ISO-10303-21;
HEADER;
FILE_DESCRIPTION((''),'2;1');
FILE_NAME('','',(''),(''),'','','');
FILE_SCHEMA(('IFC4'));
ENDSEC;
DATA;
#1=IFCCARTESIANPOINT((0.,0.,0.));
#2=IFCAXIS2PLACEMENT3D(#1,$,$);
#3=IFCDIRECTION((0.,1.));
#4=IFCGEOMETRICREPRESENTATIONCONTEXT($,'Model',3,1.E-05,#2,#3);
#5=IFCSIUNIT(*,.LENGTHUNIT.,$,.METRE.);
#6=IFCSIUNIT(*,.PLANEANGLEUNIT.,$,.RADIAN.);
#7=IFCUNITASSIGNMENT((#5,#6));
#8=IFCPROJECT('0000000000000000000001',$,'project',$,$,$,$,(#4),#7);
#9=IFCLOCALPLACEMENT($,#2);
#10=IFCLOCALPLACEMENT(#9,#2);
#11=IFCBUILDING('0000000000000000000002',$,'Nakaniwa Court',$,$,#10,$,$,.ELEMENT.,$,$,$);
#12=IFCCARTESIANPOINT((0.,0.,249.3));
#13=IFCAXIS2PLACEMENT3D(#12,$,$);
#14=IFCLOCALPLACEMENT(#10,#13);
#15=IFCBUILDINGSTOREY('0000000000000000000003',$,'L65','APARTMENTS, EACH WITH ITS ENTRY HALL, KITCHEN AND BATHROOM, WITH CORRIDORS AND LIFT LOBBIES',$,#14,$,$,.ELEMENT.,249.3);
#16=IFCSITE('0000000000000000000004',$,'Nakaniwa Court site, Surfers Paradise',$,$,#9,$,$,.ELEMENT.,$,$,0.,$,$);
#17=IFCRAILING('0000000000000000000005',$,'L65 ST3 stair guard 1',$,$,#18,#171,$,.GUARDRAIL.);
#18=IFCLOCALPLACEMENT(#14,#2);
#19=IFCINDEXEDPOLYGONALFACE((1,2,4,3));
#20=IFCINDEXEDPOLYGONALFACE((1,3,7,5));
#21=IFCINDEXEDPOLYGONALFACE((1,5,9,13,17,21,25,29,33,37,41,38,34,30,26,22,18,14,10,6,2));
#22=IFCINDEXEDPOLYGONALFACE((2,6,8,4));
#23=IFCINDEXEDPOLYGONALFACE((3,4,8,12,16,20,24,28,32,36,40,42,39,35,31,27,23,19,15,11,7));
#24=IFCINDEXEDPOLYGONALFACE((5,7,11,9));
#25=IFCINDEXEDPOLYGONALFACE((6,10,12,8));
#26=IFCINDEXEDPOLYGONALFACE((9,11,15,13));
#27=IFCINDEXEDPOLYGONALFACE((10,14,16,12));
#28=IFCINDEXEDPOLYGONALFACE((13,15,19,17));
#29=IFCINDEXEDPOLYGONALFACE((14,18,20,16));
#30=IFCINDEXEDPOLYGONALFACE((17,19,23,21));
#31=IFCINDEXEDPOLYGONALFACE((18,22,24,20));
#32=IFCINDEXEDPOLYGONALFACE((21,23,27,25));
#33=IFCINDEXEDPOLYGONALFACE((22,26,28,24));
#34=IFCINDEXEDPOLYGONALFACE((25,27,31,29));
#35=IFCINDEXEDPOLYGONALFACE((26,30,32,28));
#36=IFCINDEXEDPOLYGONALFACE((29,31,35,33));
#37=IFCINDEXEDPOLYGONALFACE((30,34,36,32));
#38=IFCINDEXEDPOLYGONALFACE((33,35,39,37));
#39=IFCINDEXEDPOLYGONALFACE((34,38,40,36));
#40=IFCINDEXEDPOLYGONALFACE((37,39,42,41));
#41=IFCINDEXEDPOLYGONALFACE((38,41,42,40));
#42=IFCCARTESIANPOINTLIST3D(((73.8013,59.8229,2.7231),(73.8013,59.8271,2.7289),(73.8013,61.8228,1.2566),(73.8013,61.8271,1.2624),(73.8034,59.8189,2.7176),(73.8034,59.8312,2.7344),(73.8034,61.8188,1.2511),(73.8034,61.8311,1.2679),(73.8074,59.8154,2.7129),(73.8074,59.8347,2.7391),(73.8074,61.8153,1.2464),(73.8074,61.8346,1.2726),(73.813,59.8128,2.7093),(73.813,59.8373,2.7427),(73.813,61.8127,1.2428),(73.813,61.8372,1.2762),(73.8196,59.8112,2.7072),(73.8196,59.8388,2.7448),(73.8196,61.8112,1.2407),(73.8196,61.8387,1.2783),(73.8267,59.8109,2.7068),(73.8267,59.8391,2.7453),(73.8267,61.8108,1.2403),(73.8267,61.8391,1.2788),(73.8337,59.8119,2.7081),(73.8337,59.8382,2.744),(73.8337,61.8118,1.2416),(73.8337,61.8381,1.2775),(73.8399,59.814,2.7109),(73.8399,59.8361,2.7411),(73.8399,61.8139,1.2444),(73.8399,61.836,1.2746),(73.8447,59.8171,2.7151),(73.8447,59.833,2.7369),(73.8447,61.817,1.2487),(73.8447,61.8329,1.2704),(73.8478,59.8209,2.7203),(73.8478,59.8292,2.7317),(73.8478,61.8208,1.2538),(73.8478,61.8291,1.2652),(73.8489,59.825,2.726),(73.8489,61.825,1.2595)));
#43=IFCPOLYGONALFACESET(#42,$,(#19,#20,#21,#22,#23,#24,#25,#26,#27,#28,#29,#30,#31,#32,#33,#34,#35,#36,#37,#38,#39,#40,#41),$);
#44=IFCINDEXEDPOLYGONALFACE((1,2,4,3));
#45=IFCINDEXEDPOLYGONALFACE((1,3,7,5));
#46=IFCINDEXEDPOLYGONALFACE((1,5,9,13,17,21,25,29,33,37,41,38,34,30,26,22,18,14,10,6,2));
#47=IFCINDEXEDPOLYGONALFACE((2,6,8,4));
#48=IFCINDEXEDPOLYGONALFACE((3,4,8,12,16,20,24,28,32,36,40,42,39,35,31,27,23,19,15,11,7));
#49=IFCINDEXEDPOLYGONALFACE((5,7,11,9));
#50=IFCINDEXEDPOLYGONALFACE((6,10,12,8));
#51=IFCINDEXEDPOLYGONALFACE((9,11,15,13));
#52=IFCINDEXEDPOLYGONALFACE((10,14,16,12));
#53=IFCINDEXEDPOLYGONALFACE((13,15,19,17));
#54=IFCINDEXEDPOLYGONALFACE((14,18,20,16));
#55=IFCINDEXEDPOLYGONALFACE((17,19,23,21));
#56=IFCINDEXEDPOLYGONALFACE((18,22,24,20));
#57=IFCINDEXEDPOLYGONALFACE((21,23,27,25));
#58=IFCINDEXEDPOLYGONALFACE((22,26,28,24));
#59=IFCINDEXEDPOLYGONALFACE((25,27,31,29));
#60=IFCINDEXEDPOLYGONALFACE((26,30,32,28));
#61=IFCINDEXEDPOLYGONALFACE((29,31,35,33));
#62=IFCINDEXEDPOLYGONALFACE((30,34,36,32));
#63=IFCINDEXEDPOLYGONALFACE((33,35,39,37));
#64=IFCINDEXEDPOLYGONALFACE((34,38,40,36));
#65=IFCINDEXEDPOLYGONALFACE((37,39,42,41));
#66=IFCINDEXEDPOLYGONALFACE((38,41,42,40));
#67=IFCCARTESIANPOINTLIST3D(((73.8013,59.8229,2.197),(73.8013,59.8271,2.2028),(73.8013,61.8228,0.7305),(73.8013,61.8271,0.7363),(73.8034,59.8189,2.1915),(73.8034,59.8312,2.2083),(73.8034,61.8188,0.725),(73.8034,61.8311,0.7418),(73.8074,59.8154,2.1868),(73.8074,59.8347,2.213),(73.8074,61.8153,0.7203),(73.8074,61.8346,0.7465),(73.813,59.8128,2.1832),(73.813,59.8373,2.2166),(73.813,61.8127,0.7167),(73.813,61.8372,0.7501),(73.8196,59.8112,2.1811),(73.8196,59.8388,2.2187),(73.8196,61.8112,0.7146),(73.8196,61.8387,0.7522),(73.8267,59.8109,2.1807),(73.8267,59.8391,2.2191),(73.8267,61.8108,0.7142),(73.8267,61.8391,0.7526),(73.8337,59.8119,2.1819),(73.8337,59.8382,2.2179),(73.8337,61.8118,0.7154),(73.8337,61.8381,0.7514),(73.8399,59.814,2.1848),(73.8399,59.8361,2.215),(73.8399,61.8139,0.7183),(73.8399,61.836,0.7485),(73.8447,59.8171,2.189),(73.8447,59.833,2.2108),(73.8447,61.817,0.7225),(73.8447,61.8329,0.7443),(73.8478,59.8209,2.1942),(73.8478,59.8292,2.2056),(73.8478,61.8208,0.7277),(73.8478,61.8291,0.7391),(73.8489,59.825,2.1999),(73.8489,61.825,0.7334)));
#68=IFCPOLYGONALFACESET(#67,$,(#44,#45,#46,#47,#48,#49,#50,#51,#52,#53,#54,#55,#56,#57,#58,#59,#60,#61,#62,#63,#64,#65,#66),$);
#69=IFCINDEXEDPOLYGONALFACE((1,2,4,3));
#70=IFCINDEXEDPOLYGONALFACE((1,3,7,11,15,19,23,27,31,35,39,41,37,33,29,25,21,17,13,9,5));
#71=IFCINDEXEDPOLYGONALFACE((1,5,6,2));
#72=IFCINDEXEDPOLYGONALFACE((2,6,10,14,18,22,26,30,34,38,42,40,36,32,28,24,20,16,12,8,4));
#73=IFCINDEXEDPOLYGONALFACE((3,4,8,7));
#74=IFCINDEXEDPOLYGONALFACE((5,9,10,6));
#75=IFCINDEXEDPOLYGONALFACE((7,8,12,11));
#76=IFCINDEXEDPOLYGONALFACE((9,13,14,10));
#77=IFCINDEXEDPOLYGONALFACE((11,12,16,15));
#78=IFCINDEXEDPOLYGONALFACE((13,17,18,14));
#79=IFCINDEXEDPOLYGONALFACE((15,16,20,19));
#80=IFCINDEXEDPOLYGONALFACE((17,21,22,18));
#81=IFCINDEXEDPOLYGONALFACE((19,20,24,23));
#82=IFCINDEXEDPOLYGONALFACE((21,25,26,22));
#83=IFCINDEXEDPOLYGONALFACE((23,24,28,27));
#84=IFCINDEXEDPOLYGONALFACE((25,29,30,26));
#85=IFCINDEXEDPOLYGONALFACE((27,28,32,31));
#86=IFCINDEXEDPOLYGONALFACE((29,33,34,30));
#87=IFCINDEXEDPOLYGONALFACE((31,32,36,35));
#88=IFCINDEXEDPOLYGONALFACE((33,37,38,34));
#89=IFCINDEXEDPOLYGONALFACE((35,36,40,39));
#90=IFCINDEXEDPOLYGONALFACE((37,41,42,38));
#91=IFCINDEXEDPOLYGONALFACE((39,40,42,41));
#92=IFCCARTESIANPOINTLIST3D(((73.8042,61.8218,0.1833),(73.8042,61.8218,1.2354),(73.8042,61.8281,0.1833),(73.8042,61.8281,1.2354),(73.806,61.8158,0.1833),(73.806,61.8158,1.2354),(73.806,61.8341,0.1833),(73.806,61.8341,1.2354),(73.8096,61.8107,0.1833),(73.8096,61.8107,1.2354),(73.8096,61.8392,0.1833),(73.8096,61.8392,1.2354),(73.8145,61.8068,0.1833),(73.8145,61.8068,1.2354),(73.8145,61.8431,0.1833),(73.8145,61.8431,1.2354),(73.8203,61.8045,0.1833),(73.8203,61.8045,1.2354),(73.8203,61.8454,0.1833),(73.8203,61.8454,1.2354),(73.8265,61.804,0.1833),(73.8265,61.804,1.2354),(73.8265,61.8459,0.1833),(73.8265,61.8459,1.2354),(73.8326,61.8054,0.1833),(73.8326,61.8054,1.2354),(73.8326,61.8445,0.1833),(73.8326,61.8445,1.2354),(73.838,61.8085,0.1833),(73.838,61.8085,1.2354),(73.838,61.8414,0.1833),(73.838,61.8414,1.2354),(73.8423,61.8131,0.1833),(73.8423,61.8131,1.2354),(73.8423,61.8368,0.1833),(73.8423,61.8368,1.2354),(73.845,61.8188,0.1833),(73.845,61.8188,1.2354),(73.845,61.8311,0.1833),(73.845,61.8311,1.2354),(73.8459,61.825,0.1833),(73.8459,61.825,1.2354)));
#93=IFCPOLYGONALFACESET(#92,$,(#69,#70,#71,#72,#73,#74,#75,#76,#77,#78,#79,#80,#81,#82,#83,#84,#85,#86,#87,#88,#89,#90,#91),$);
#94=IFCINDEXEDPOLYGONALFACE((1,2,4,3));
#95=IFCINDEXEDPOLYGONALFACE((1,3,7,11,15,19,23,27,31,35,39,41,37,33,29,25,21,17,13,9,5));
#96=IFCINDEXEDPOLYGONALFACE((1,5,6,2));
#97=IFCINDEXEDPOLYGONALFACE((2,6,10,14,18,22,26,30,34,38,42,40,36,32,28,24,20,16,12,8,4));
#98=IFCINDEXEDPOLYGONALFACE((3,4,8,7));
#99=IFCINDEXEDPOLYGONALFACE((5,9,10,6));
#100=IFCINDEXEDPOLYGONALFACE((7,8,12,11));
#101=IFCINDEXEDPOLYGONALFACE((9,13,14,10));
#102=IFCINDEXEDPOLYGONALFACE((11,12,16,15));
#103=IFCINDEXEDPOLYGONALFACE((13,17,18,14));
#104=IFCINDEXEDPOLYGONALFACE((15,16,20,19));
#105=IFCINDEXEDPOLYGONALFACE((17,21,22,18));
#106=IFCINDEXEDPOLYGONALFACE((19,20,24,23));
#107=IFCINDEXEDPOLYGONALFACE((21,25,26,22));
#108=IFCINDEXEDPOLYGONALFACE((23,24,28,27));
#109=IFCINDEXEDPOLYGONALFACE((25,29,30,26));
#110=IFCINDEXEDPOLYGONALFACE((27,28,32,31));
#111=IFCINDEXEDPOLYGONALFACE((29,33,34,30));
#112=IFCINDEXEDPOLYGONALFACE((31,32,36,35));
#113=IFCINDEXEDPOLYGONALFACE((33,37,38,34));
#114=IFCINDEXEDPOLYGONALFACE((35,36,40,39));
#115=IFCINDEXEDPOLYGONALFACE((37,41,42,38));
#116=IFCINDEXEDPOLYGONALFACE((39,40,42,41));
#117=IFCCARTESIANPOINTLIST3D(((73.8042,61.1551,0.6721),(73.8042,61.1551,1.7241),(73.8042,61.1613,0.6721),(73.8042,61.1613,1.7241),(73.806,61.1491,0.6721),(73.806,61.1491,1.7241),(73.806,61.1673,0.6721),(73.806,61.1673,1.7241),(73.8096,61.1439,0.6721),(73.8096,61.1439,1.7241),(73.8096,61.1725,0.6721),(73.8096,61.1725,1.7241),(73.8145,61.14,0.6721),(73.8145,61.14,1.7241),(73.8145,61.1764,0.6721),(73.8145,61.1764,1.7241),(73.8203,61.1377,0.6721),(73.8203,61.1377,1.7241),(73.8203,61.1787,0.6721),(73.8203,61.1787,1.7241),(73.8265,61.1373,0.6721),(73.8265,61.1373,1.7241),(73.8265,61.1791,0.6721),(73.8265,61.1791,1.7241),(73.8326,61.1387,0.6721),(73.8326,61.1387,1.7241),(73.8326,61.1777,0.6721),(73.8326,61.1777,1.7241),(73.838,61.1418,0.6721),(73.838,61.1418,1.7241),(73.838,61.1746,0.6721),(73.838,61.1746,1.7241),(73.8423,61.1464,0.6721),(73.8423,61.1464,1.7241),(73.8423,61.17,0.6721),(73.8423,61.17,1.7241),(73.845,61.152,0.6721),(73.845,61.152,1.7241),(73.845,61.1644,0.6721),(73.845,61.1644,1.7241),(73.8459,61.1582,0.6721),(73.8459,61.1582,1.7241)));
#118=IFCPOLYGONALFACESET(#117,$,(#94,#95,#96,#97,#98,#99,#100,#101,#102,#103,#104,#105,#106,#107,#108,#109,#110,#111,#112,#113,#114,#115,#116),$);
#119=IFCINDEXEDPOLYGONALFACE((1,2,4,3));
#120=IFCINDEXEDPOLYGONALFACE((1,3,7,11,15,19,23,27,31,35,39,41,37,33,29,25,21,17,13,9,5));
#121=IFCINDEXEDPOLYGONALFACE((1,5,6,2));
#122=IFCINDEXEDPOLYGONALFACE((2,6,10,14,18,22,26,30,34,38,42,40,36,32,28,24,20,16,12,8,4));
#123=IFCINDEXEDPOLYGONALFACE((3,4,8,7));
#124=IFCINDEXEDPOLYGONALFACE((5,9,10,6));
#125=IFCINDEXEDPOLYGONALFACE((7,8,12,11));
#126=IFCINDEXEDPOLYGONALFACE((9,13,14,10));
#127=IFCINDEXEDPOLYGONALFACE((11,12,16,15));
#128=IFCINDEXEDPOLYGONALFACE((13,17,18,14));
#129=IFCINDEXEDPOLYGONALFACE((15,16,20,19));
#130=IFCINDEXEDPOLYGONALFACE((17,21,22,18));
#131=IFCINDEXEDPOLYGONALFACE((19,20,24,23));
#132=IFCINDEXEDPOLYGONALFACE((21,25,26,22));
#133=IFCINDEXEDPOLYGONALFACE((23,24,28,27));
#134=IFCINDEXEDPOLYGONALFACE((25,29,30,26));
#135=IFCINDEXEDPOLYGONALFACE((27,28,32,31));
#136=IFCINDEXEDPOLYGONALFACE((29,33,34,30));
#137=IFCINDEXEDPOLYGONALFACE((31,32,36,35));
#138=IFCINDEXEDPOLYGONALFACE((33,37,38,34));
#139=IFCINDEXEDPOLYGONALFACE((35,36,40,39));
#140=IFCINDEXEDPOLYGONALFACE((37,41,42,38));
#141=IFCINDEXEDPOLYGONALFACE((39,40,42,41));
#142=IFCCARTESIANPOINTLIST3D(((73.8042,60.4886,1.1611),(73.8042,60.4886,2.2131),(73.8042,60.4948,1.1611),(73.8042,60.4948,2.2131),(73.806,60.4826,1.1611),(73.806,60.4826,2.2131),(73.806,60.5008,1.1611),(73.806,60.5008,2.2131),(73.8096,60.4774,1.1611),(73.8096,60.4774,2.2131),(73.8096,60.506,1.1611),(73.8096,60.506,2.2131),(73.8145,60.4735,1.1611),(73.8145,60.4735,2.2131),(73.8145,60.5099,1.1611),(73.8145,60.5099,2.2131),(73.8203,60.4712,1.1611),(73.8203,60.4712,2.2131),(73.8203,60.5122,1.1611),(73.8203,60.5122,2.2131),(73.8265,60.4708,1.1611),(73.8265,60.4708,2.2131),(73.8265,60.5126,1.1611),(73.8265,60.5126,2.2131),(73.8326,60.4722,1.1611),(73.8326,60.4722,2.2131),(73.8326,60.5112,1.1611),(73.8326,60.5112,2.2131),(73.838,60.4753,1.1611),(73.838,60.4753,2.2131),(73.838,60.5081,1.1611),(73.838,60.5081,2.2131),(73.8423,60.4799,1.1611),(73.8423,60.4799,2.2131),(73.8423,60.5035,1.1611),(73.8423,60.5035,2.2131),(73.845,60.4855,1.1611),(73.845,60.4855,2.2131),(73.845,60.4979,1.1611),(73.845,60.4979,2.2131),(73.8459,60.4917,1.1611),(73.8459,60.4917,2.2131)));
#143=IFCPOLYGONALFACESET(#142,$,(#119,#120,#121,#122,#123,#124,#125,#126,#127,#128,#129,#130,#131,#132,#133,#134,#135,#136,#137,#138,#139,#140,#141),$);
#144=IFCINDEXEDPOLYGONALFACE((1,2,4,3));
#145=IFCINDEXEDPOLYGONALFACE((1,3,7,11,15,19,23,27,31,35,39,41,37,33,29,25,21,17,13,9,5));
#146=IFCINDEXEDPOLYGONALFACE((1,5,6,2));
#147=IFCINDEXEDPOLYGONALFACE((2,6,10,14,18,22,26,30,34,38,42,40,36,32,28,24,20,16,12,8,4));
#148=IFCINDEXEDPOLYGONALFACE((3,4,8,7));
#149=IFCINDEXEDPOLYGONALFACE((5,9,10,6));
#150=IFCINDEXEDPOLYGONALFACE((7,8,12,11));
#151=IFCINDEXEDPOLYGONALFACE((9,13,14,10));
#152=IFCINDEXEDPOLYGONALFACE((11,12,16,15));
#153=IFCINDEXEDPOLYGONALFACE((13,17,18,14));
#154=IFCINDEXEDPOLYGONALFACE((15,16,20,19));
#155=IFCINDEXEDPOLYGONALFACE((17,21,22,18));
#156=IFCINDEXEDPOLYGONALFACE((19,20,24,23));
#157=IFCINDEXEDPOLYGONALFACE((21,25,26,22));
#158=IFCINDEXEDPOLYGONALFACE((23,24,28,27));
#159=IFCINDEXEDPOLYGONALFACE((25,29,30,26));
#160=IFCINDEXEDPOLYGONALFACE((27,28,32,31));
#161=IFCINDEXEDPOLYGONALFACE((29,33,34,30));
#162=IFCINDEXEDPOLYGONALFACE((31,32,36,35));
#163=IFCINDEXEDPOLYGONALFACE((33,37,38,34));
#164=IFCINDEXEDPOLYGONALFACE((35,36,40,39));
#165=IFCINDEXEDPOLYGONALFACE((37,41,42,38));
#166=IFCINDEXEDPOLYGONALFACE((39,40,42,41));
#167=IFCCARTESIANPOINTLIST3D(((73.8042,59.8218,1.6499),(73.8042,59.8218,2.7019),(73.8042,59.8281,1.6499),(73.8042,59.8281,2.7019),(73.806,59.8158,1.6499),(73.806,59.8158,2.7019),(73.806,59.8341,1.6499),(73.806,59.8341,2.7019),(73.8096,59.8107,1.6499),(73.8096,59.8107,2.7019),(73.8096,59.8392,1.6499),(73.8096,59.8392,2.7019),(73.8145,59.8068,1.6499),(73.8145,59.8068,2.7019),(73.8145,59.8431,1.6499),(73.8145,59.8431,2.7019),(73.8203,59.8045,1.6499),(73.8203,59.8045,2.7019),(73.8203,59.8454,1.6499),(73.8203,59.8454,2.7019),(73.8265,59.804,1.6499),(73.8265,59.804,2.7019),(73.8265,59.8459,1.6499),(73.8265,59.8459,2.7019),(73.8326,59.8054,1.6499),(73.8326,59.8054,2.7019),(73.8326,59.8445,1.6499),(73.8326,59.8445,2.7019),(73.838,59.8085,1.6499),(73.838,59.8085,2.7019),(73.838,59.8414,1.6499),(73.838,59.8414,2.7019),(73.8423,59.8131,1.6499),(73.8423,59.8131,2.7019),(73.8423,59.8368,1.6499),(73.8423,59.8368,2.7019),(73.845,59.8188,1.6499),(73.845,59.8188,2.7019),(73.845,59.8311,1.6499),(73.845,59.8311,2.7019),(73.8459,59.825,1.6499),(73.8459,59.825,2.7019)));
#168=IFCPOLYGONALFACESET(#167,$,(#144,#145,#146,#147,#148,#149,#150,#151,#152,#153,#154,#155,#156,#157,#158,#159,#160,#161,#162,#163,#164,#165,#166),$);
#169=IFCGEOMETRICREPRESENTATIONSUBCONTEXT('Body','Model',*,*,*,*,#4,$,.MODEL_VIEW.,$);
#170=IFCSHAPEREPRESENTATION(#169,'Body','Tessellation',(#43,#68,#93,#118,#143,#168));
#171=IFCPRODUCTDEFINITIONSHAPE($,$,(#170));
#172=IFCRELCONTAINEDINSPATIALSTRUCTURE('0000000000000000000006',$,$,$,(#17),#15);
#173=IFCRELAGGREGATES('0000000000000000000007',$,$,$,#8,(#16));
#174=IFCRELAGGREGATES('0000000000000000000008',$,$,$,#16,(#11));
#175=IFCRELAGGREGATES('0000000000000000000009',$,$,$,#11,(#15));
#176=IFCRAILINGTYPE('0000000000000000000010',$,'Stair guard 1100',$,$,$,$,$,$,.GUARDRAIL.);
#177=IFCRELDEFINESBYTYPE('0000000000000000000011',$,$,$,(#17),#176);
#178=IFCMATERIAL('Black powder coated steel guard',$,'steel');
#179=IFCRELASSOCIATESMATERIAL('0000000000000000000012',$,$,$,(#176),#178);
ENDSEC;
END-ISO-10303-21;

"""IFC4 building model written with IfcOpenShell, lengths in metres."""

from ifc_helpers import new_model, si_unit, direction, frame, origin, origin_2d, place, context, subcontext, project, spatial, circle, extrude, material, type_object, element, save


model = new_model("IFC4")

# Units and contexts
model_context = context("Model", 3, precision=1e-05, world=origin(), true_north=direction((0.0, 1.0)))
body_context = subcontext(model_context, "Body", "Model", "MODEL_VIEW")
ifc_project = project(units=[si_unit("LENGTHUNIT", "METRE"), si_unit("PLANEANGLEUNIT", "RADIAN")], contexts=[model_context])

# Site, building, storey
site_placement = place(None, origin())
site = spatial("IfcSite", under=ifc_project, at=site_placement, Name="Nakaniwa Court site, Surfers Paradise", CompositionType="ELEMENT", RefElevation=0.0)
building_placement = place(site_placement, origin())
building = spatial("IfcBuilding", under=site, at=building_placement, Name="Nakaniwa Court", CompositionType="ELEMENT")
storey_placement = place(building_placement, frame((0.0, 0.0, 249.3)))
storey = spatial("IfcBuildingStorey", under=building, at=storey_placement, Name="L65", Description="APARTMENTS, EACH WITH ITS ENTRY HALL, KITCHEN AND BATHROOM, WITH CORRIDORS AND LIFT LOBBIES", CompositionType="ELEMENT", Elevation=249.3)

# Railing
ifc_material_1 = material(Name="Black powder coated steel guard", Category="steel")
railing_type_1 = type_object("IfcRailingType", Name="Stair guard 1100", PredefinedType="GUARDRAIL", material=ifc_material_1)
railing_1_placement = place(storey_placement, frame((73.825, 61.825, 0.1833)))
element("IfcRailing", 1, at=railing_1_placement, inside=storey, type_object=railing_type_1, Name="L65 ST3 stair guard 1", PredefinedType="GUARDRAIL", context=body_context, shape_type="SweptSolid", body=[
    extrude(circle(Radius=0.0239, at=origin_2d()), frame((0.0, 0.0, 1.0762), z_axis=(0.0, -0.806427, 0.591334), x_axis=(1.0, 0.0, 0.0)), (0.0, 0.0, 1.0), 2.48),
    extrude(circle(Radius=0.0239, at=origin_2d()), frame((0.0, 0.0, 0.55), z_axis=(0.0, -0.806427, 0.591334), x_axis=(1.0, 0.0, 0.0)), (0.0, 0.0, 1.0), 2.48),
    extrude(circle(Radius=0.021, at=origin_2d()), origin(), (0.0, 0.0, 1.0), 1.052),
    extrude(circle(Radius=0.021, at=origin_2d()), frame((0.0, -0.6667, 0.4888)), (0.0, 0.0, 1.0), 1.052),
    extrude(circle(Radius=0.021, at=origin_2d()), frame((0.0, -1.3333, 0.9778)), (0.0, 0.0, 1.0), 1.052),
    extrude(circle(Radius=0.021, at=origin_2d()), frame((0.0, -2.0, 1.4666)), (0.0, 0.0, 1.0), 1.052),
])

save(model, "model.ifc")
